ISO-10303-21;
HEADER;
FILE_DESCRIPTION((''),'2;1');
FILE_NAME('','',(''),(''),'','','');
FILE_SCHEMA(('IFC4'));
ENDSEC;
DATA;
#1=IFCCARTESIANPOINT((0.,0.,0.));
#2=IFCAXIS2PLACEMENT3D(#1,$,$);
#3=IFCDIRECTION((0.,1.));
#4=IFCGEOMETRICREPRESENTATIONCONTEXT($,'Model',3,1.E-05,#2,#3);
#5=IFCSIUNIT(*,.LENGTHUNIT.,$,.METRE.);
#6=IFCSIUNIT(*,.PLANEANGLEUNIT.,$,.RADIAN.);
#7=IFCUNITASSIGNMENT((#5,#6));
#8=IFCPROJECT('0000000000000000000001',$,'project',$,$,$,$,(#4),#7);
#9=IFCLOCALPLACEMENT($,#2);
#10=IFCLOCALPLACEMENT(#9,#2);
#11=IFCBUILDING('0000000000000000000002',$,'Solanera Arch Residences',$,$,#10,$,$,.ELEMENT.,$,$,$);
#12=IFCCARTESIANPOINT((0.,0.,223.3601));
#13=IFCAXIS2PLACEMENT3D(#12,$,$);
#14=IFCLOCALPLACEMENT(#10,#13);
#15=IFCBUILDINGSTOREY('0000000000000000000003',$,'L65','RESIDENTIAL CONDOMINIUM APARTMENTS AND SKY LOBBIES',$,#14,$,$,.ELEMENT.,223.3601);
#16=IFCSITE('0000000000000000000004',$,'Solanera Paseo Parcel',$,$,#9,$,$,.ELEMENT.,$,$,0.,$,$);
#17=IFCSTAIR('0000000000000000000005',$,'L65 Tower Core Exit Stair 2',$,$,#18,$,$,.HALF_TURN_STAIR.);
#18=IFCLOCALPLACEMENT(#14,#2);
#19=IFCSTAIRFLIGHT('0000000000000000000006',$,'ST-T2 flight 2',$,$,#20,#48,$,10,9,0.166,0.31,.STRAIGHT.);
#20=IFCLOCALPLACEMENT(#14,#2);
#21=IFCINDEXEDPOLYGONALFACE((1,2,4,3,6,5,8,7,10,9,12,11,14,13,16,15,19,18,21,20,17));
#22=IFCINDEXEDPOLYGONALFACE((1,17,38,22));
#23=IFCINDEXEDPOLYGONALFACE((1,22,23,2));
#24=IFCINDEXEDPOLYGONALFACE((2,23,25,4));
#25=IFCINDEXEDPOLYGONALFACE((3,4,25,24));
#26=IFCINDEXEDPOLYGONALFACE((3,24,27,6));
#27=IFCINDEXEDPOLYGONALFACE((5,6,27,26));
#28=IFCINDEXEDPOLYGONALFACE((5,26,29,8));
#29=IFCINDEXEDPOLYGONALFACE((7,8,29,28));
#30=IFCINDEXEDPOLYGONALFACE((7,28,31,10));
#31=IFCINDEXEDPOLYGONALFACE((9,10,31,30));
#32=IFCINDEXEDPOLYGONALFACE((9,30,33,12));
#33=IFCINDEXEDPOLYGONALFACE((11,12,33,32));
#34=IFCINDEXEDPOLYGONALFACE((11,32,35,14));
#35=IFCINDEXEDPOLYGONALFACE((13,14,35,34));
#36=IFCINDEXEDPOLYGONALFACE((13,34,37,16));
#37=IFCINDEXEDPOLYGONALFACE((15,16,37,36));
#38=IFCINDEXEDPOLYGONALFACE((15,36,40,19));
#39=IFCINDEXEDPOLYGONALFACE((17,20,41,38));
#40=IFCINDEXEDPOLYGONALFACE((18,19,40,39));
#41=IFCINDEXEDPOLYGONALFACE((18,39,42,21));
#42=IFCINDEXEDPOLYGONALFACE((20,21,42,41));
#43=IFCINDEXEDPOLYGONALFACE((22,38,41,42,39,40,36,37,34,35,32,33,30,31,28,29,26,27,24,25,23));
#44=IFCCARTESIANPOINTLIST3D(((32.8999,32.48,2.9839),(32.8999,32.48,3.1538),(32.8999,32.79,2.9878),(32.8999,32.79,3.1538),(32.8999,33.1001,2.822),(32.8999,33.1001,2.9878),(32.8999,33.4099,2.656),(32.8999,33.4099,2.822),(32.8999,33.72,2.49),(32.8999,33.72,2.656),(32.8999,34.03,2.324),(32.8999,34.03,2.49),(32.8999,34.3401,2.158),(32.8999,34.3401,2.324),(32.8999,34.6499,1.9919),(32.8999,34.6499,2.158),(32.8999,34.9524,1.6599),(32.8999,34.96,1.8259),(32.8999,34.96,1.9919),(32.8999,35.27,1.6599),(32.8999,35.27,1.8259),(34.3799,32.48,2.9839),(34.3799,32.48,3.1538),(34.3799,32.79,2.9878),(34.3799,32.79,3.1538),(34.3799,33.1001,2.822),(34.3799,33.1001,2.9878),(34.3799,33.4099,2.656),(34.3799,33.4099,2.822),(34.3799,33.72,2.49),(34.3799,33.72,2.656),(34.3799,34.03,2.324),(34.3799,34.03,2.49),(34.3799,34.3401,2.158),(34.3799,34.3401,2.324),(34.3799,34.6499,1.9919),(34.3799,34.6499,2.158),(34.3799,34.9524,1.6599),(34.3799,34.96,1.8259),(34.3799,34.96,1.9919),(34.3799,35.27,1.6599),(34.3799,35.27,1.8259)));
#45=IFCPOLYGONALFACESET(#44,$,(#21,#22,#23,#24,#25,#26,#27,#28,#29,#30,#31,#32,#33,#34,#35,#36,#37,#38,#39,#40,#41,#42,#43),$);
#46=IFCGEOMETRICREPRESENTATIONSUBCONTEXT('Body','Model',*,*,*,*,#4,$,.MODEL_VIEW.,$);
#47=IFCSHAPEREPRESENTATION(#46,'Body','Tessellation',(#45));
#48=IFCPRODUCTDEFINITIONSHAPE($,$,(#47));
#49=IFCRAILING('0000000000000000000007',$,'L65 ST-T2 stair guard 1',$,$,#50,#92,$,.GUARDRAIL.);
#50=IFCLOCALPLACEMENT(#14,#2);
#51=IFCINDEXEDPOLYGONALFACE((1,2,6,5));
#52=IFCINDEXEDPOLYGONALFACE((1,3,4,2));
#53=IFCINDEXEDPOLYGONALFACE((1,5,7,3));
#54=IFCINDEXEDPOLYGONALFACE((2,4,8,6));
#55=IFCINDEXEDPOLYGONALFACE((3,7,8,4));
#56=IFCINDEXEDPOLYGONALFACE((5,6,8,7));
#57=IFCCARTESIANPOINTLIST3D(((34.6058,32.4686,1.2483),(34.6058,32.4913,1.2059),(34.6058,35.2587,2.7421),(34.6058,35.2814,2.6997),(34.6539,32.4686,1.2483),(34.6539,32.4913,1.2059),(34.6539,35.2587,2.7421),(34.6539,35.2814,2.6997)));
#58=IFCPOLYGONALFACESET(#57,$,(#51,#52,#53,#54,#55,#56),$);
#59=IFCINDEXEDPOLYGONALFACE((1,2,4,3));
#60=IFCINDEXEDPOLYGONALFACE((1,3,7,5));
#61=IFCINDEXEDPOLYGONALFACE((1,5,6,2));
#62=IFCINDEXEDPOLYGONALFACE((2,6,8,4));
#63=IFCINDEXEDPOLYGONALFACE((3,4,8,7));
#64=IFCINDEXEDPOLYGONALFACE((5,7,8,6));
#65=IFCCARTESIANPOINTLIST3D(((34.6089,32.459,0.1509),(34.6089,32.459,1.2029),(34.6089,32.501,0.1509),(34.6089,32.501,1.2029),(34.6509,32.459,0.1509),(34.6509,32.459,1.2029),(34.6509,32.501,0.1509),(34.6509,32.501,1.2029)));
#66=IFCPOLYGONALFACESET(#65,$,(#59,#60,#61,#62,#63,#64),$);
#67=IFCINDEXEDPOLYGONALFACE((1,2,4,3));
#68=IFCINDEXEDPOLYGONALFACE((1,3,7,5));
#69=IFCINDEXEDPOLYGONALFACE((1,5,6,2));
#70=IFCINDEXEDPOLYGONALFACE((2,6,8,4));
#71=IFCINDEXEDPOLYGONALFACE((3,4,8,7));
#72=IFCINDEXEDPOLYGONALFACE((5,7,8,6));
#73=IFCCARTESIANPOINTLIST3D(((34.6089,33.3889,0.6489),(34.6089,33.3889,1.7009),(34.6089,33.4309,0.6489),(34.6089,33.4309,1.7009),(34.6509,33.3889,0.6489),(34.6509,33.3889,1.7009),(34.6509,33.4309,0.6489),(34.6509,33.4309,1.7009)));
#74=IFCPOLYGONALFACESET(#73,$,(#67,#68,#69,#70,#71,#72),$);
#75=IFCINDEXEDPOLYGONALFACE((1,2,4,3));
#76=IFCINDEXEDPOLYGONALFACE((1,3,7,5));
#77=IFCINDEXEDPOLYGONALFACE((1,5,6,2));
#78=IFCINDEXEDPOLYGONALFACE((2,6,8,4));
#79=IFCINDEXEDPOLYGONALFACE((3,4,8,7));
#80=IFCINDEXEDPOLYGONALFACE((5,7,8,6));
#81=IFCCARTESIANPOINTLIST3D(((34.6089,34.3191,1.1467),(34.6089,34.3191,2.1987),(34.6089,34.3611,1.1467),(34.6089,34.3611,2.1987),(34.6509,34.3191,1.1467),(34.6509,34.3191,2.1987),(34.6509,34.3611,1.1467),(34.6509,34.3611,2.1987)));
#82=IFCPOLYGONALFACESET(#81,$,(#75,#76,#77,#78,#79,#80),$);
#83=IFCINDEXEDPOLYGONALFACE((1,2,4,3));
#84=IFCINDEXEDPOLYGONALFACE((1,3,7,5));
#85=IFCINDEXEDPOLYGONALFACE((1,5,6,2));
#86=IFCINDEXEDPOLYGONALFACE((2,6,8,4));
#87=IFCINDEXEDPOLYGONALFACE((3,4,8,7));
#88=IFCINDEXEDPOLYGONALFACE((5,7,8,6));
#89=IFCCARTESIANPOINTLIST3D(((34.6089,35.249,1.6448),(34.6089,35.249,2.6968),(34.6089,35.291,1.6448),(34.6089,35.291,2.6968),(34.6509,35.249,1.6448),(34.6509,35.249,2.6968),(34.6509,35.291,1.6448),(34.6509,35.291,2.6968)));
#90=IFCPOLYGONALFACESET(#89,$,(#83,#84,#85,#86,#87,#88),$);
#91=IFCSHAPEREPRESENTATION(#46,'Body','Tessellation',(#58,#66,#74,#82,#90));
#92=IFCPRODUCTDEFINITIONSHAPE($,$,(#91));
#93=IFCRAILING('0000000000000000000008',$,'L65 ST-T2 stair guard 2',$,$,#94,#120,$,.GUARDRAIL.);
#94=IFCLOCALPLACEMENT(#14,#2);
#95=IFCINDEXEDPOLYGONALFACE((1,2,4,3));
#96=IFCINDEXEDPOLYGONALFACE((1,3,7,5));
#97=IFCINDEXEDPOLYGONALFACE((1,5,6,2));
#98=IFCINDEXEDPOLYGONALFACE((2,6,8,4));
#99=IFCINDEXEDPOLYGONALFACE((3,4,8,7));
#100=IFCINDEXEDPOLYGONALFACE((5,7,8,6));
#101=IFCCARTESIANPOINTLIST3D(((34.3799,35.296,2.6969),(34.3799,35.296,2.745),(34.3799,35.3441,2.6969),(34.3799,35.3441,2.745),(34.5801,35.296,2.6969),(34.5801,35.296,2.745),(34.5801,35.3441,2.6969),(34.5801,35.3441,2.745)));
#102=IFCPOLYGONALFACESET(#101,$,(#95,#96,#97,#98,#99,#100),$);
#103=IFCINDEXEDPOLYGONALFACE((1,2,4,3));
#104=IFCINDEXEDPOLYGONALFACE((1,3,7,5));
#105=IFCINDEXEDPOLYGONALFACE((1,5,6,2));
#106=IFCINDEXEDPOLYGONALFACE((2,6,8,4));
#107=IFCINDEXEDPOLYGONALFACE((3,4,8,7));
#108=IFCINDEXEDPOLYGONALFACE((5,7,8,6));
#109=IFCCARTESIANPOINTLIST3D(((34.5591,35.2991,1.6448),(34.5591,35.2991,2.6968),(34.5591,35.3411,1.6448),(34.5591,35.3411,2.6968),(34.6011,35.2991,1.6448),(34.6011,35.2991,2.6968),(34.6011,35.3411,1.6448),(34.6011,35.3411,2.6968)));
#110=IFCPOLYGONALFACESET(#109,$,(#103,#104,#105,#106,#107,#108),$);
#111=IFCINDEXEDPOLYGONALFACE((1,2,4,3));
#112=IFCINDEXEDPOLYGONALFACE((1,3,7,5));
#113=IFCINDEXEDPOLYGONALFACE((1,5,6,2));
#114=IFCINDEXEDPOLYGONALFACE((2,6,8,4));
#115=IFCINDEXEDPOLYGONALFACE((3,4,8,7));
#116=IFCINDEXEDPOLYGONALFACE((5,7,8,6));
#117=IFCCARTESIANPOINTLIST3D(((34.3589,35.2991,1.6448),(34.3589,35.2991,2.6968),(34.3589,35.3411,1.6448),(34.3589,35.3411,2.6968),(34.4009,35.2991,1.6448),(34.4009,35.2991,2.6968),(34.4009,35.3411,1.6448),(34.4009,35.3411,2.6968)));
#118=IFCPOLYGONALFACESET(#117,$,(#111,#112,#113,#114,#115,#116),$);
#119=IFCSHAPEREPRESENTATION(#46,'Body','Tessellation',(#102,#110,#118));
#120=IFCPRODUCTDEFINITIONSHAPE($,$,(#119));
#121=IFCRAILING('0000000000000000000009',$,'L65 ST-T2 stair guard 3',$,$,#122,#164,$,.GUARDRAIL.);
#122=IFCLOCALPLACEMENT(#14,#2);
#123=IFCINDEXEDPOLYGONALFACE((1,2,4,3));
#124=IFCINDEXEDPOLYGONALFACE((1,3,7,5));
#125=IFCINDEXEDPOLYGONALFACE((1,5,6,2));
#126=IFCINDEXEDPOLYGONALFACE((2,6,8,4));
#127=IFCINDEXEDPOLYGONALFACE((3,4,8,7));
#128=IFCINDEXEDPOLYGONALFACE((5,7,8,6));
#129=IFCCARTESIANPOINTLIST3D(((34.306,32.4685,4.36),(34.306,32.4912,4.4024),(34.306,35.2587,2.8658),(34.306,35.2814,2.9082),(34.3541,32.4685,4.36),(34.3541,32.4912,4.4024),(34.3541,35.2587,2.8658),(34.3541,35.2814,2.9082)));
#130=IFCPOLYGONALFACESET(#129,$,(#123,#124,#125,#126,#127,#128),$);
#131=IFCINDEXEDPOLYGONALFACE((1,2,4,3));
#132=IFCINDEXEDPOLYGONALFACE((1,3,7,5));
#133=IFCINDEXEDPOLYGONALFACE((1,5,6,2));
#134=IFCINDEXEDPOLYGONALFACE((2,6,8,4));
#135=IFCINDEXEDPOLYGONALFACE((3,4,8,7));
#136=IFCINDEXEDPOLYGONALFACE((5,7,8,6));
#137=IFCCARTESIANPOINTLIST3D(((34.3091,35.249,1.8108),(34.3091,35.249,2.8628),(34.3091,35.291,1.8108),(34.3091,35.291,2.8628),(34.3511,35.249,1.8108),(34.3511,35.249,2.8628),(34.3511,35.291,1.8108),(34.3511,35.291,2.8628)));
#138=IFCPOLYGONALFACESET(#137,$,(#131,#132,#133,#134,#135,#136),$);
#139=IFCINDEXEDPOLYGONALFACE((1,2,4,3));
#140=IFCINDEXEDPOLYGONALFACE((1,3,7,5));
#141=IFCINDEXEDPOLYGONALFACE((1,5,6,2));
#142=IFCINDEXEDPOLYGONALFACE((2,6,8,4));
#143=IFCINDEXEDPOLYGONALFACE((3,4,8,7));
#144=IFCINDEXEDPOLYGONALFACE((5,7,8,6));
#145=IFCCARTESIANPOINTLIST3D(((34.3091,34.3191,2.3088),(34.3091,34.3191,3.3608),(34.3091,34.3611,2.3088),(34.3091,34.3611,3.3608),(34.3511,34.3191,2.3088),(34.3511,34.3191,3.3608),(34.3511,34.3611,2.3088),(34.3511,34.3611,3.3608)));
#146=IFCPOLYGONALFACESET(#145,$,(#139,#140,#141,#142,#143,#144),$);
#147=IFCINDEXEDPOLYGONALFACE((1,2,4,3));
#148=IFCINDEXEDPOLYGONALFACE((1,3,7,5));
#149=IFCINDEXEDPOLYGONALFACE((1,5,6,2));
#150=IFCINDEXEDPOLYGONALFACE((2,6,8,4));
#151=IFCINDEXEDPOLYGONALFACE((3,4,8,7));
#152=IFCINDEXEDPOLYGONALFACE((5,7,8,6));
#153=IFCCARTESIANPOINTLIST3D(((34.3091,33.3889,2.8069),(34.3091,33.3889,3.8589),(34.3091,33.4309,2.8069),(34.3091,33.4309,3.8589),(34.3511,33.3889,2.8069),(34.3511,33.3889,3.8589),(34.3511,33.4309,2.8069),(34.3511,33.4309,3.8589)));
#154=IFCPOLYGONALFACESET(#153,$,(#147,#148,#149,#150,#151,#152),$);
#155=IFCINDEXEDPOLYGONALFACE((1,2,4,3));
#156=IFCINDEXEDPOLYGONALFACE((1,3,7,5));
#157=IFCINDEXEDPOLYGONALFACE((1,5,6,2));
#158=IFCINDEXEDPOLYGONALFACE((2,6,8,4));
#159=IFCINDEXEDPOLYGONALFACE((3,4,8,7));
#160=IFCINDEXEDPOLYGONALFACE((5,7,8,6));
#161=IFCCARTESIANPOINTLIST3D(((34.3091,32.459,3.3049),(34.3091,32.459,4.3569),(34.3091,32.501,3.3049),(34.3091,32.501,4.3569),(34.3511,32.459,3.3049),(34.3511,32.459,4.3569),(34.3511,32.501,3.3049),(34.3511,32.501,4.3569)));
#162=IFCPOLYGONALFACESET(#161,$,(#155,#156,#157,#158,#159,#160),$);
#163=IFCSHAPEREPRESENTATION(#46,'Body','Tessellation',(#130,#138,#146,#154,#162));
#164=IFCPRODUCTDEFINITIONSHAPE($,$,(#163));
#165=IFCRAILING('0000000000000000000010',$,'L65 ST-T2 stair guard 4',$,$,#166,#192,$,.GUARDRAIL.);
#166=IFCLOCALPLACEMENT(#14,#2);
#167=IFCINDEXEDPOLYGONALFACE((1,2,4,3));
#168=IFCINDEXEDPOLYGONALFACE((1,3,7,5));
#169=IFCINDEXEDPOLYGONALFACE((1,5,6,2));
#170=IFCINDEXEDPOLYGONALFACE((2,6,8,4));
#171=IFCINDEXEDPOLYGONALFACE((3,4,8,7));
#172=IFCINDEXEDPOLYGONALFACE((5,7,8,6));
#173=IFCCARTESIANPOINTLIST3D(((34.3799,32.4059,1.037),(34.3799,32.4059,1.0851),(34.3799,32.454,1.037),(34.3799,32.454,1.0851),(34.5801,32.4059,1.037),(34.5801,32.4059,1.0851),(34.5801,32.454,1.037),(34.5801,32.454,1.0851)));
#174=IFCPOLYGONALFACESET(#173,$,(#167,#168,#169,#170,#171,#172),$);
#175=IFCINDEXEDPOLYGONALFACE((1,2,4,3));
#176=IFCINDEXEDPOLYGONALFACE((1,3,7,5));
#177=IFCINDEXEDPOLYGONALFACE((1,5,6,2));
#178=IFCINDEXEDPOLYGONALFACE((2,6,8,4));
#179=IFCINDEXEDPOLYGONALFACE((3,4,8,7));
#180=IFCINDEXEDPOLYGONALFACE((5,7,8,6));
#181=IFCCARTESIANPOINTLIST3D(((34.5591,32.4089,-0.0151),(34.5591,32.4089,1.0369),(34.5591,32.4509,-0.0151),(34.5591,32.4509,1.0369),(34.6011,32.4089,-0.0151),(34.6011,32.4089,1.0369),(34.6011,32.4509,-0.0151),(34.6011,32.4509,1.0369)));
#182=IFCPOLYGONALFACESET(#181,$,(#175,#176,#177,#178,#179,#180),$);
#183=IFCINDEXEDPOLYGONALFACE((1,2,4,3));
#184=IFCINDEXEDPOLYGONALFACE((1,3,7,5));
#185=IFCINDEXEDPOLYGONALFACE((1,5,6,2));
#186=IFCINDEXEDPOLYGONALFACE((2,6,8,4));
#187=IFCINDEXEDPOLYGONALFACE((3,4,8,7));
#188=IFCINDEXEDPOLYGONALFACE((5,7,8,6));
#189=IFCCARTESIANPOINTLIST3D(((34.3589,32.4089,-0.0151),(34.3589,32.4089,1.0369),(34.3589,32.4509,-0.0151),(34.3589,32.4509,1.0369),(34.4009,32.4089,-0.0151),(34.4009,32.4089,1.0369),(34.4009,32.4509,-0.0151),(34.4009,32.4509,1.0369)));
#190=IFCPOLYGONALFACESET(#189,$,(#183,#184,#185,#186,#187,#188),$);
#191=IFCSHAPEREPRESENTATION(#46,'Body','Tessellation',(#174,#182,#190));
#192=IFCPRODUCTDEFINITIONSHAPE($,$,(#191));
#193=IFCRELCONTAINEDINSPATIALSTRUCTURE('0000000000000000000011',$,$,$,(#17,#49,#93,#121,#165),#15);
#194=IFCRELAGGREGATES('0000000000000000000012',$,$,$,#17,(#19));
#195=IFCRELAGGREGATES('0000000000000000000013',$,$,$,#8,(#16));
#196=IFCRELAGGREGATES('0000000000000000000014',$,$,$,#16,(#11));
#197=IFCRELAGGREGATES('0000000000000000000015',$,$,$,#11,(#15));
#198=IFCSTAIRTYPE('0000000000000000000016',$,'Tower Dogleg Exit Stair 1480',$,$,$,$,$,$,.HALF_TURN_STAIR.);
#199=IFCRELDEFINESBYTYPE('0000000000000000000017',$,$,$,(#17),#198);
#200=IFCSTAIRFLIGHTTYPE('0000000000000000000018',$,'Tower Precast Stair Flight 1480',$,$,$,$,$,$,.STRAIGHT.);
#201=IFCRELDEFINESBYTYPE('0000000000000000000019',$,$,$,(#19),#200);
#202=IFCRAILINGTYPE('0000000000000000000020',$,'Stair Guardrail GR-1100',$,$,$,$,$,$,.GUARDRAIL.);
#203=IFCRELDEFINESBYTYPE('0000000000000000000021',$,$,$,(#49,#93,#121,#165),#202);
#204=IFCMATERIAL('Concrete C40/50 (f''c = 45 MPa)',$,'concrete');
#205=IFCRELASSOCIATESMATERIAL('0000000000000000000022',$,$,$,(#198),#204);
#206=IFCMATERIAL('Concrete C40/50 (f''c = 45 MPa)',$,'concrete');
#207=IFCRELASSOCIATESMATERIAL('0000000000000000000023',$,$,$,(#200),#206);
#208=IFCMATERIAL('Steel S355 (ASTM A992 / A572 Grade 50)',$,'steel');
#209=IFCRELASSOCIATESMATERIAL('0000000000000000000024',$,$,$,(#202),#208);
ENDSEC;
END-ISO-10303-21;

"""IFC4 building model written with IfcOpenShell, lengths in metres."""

from ifc_helpers import new_model, si_unit, direction, frame, origin, origin_2d, place, context, subcontext, project, spatial, polyline, rectangle, outline, extrude, material, type_object, element, aggregate, save


model = new_model("IFC4")

# Units and contexts
model_context = context("Model", 3, precision=1e-05, world=origin(), true_north=direction((0.0, 1.0)))
body_context = subcontext(model_context, "Body", "Model", "MODEL_VIEW")
ifc_project = project(units=[si_unit("LENGTHUNIT", "METRE"), si_unit("PLANEANGLEUNIT", "RADIAN")], contexts=[model_context])

# Site, building, storey
site_placement = place(None, origin())
site = spatial("IfcSite", under=ifc_project, at=site_placement, Name="Solanera Paseo Parcel", CompositionType="ELEMENT", RefElevation=0.0)
building_placement = place(site_placement, origin())
building = spatial("IfcBuilding", under=site, at=building_placement, Name="Solanera Arch Residences", CompositionType="ELEMENT")
storey_placement = place(building_placement, frame((0.0, 0.0, 223.3601)))
storey = spatial("IfcBuildingStorey", under=building, at=storey_placement, Name="L65", Description="RESIDENTIAL CONDOMINIUM APARTMENTS AND SKY LOBBIES", CompositionType="ELEMENT", Elevation=223.3601)

# Stair, stair flight
ifc_material_1 = material(Name="Concrete C40/50 (f'c = 45 MPa)", Category="concrete")
stair_type = type_object("IfcStairType", Name="Tower Dogleg Exit Stair 1480", PredefinedType="HALF_TURN_STAIR", material=ifc_material_1)
stair_placement = place(storey_placement, origin())
stair = element("IfcStair", 1, at=stair_placement, inside=storey, type_object=stair_type, Name="L65 Tower Core Exit Stair 2", PredefinedType="HALF_TURN_STAIR")
ifc_material_2 = material(Name="Concrete C40/50 (f'c = 45 MPa)", Category="concrete")
stair_flight_type = type_object("IfcStairFlightType", Name="Tower Precast Stair Flight 1480", PredefinedType="STRAIGHT", material=ifc_material_2)
stair_flight_placement = place(storey_placement, frame((33.6399, 35.27, 1.6599), z_axis=(0.0, 0.0, 1.0), x_axis=(0.0, -1.0, 0.0)))
stair_flight = element("IfcStairFlight", 2, at=stair_flight_placement, type_object=stair_flight_type, Name="ST-T2 flight 2", NumberOfRisers=10, NumberOfTreads=9, PredefinedType="STRAIGHT", RiserHeight=0.166, TreadLength=0.31, context=body_context, shape_type="SweptSolid", body=[
    extrude(outline(polyline([(0.0, 0.0), (0.0, 0.166), (0.3101, 0.166), (0.3101, 0.332), (0.6201, 0.332), (0.6201, 0.498), (0.9299, 0.498), (0.9299, 0.6641), (1.24, 0.6641), (1.24, 0.8301), (1.55, 0.8301), (1.55, 0.9961), (1.8601, 0.9961), (1.8601, 1.1621), (2.1699, 1.1621), (2.1699, 1.3279), (2.48, 1.3279), (2.48, 1.4939), (2.79, 1.4939), (2.79, 1.6599), (2.79, 1.324), (0.3176, 0.0), (0.0, 0.0)])), frame((0.0, 0.74, 0.0), z_axis=(0.0, -1.0, 0.0), x_axis=(1.0, 0.0, 0.0)), (0.0, 0.0, 1.0), 1.48),
])
aggregate(stair, [stair_flight])

# Railings
ifc_material_3 = material(Name="Steel S355 (ASTM A992 / A572 Grade 50)", Category="steel")
railing_type_1 = type_object("IfcRailingType", Name="Stair Guardrail GR-1100", PredefinedType="GUARDRAIL", material=ifc_material_3)
railing_1_placement = place(storey_placement, frame((34.6299, 32.48, 0.1509)))
element("IfcRailing", 3, at=railing_1_placement, inside=storey, type_object=railing_type_1, Name="L65 ST-T2 stair guard 1", PredefinedType="GUARDRAIL", context=body_context, shape_type="SweptSolid", body=[
    extrude(rectangle(XDim=0.0481, YDim=0.0481, at=origin_2d()), frame((0.0, 0.0, 1.0762), z_axis=(0.0, 0.881581, 0.472033), x_axis=(-1.0, 0.0, 0.0)), (0.0, 0.0, 1.0), 3.1648),
    extrude(rectangle(XDim=0.042, YDim=0.042, at=origin_2d()), origin(), (0.0, 0.0, 1.0), 1.052),
    extrude(rectangle(XDim=0.042, YDim=0.042, at=origin_2d()), frame((0.0, 0.9299, 0.498)), (0.0, 0.0, 1.0), 1.052),
    extrude(rectangle(XDim=0.042, YDim=0.042, at=origin_2d()), frame((0.0, 1.8601, 0.9958)), (0.0, 0.0, 1.0), 1.052),
    extrude(rectangle(XDim=0.042, YDim=0.042, at=origin_2d()), frame((0.0, 2.79, 1.4939)), (0.0, 0.0, 1.0), 1.052),
])
railing_2_placement = place(storey_placement, frame((34.5801, 35.3201, 1.6448)))
element("IfcRailing", 4, at=railing_2_placement, inside=storey, type_object=railing_type_1, Name="L65 ST-T2 stair guard 2", PredefinedType="GUARDRAIL", context=body_context, shape_type="SweptSolid", body=[
    extrude(rectangle(XDim=0.0481, YDim=0.0481, at=origin_2d()), frame((0.0, 0.0, 1.0762), z_axis=(-1.0, 0.0, 0.0), x_axis=(0.0, -1.0, 0.0)), (0.0, 0.0, 1.0), 0.2002),
    extrude(rectangle(XDim=0.042, YDim=0.042, at=origin_2d()), origin(), (0.0, 0.0, 1.0), 1.052),
    extrude(rectangle(XDim=0.042, YDim=0.042, at=origin_2d()), frame((-0.2002, 0.0, 0.0)), (0.0, 0.0, 1.0), 1.052),
])
railing_3_placement = place(storey_placement, frame((34.3301, 35.27, 1.8108)))
element("IfcRailing", 5, at=railing_3_placement, inside=storey, type_object=railing_type_1, Name="L65 ST-T2 stair guard 3", PredefinedType="GUARDRAIL", context=body_context, shape_type="SweptSolid", body=[
    extrude(rectangle(XDim=0.0481, YDim=0.0481, at=origin_2d()), frame((0.0, 0.0, 1.0762), z_axis=(0.0, -0.881549, 0.472093), x_axis=(1.0, 0.0, 0.0)), (0.0, 0.0, 1.0), 3.165),
    extrude(rectangle(XDim=0.042, YDim=0.042, at=origin_2d()), origin(), (0.0, 0.0, 1.0), 1.052),
    extrude(rectangle(XDim=0.042, YDim=0.042, at=origin_2d()), frame((0.0, -0.9299, 0.498)), (0.0, 0.0, 1.0), 1.052),
    extrude(rectangle(XDim=0.042, YDim=0.042, at=origin_2d()), frame((0.0, -1.8601, 0.9961)), (0.0, 0.0, 1.0), 1.052),
    extrude(rectangle(XDim=0.042, YDim=0.042, at=origin_2d()), frame((0.0, -2.79, 1.4941)), (0.0, 0.0, 1.0), 1.052),
])
railing_4_placement = place(storey_placement, frame((34.5801, 32.4299, -0.0151)))
element("IfcRailing", 6, at=railing_4_placement, inside=storey, type_object=railing_type_1, Name="L65 ST-T2 stair guard 4", PredefinedType="GUARDRAIL", context=body_context, shape_type="SweptSolid", body=[
    extrude(rectangle(XDim=0.0481, YDim=0.0481, at=origin_2d()), frame((0.0, 0.0, 1.0762), z_axis=(-1.0, 0.0, 0.0), x_axis=(0.0, -1.0, 0.0)), (0.0, 0.0, 1.0), 0.2002),
    extrude(rectangle(XDim=0.042, YDim=0.042, at=origin_2d()), origin(), (0.0, 0.0, 1.0), 1.052),
    extrude(rectangle(XDim=0.042, YDim=0.042, at=origin_2d()), frame((-0.2002, 0.0, 0.0)), (0.0, 0.0, 1.0), 1.052),
])

save(model, "model.ifc")
